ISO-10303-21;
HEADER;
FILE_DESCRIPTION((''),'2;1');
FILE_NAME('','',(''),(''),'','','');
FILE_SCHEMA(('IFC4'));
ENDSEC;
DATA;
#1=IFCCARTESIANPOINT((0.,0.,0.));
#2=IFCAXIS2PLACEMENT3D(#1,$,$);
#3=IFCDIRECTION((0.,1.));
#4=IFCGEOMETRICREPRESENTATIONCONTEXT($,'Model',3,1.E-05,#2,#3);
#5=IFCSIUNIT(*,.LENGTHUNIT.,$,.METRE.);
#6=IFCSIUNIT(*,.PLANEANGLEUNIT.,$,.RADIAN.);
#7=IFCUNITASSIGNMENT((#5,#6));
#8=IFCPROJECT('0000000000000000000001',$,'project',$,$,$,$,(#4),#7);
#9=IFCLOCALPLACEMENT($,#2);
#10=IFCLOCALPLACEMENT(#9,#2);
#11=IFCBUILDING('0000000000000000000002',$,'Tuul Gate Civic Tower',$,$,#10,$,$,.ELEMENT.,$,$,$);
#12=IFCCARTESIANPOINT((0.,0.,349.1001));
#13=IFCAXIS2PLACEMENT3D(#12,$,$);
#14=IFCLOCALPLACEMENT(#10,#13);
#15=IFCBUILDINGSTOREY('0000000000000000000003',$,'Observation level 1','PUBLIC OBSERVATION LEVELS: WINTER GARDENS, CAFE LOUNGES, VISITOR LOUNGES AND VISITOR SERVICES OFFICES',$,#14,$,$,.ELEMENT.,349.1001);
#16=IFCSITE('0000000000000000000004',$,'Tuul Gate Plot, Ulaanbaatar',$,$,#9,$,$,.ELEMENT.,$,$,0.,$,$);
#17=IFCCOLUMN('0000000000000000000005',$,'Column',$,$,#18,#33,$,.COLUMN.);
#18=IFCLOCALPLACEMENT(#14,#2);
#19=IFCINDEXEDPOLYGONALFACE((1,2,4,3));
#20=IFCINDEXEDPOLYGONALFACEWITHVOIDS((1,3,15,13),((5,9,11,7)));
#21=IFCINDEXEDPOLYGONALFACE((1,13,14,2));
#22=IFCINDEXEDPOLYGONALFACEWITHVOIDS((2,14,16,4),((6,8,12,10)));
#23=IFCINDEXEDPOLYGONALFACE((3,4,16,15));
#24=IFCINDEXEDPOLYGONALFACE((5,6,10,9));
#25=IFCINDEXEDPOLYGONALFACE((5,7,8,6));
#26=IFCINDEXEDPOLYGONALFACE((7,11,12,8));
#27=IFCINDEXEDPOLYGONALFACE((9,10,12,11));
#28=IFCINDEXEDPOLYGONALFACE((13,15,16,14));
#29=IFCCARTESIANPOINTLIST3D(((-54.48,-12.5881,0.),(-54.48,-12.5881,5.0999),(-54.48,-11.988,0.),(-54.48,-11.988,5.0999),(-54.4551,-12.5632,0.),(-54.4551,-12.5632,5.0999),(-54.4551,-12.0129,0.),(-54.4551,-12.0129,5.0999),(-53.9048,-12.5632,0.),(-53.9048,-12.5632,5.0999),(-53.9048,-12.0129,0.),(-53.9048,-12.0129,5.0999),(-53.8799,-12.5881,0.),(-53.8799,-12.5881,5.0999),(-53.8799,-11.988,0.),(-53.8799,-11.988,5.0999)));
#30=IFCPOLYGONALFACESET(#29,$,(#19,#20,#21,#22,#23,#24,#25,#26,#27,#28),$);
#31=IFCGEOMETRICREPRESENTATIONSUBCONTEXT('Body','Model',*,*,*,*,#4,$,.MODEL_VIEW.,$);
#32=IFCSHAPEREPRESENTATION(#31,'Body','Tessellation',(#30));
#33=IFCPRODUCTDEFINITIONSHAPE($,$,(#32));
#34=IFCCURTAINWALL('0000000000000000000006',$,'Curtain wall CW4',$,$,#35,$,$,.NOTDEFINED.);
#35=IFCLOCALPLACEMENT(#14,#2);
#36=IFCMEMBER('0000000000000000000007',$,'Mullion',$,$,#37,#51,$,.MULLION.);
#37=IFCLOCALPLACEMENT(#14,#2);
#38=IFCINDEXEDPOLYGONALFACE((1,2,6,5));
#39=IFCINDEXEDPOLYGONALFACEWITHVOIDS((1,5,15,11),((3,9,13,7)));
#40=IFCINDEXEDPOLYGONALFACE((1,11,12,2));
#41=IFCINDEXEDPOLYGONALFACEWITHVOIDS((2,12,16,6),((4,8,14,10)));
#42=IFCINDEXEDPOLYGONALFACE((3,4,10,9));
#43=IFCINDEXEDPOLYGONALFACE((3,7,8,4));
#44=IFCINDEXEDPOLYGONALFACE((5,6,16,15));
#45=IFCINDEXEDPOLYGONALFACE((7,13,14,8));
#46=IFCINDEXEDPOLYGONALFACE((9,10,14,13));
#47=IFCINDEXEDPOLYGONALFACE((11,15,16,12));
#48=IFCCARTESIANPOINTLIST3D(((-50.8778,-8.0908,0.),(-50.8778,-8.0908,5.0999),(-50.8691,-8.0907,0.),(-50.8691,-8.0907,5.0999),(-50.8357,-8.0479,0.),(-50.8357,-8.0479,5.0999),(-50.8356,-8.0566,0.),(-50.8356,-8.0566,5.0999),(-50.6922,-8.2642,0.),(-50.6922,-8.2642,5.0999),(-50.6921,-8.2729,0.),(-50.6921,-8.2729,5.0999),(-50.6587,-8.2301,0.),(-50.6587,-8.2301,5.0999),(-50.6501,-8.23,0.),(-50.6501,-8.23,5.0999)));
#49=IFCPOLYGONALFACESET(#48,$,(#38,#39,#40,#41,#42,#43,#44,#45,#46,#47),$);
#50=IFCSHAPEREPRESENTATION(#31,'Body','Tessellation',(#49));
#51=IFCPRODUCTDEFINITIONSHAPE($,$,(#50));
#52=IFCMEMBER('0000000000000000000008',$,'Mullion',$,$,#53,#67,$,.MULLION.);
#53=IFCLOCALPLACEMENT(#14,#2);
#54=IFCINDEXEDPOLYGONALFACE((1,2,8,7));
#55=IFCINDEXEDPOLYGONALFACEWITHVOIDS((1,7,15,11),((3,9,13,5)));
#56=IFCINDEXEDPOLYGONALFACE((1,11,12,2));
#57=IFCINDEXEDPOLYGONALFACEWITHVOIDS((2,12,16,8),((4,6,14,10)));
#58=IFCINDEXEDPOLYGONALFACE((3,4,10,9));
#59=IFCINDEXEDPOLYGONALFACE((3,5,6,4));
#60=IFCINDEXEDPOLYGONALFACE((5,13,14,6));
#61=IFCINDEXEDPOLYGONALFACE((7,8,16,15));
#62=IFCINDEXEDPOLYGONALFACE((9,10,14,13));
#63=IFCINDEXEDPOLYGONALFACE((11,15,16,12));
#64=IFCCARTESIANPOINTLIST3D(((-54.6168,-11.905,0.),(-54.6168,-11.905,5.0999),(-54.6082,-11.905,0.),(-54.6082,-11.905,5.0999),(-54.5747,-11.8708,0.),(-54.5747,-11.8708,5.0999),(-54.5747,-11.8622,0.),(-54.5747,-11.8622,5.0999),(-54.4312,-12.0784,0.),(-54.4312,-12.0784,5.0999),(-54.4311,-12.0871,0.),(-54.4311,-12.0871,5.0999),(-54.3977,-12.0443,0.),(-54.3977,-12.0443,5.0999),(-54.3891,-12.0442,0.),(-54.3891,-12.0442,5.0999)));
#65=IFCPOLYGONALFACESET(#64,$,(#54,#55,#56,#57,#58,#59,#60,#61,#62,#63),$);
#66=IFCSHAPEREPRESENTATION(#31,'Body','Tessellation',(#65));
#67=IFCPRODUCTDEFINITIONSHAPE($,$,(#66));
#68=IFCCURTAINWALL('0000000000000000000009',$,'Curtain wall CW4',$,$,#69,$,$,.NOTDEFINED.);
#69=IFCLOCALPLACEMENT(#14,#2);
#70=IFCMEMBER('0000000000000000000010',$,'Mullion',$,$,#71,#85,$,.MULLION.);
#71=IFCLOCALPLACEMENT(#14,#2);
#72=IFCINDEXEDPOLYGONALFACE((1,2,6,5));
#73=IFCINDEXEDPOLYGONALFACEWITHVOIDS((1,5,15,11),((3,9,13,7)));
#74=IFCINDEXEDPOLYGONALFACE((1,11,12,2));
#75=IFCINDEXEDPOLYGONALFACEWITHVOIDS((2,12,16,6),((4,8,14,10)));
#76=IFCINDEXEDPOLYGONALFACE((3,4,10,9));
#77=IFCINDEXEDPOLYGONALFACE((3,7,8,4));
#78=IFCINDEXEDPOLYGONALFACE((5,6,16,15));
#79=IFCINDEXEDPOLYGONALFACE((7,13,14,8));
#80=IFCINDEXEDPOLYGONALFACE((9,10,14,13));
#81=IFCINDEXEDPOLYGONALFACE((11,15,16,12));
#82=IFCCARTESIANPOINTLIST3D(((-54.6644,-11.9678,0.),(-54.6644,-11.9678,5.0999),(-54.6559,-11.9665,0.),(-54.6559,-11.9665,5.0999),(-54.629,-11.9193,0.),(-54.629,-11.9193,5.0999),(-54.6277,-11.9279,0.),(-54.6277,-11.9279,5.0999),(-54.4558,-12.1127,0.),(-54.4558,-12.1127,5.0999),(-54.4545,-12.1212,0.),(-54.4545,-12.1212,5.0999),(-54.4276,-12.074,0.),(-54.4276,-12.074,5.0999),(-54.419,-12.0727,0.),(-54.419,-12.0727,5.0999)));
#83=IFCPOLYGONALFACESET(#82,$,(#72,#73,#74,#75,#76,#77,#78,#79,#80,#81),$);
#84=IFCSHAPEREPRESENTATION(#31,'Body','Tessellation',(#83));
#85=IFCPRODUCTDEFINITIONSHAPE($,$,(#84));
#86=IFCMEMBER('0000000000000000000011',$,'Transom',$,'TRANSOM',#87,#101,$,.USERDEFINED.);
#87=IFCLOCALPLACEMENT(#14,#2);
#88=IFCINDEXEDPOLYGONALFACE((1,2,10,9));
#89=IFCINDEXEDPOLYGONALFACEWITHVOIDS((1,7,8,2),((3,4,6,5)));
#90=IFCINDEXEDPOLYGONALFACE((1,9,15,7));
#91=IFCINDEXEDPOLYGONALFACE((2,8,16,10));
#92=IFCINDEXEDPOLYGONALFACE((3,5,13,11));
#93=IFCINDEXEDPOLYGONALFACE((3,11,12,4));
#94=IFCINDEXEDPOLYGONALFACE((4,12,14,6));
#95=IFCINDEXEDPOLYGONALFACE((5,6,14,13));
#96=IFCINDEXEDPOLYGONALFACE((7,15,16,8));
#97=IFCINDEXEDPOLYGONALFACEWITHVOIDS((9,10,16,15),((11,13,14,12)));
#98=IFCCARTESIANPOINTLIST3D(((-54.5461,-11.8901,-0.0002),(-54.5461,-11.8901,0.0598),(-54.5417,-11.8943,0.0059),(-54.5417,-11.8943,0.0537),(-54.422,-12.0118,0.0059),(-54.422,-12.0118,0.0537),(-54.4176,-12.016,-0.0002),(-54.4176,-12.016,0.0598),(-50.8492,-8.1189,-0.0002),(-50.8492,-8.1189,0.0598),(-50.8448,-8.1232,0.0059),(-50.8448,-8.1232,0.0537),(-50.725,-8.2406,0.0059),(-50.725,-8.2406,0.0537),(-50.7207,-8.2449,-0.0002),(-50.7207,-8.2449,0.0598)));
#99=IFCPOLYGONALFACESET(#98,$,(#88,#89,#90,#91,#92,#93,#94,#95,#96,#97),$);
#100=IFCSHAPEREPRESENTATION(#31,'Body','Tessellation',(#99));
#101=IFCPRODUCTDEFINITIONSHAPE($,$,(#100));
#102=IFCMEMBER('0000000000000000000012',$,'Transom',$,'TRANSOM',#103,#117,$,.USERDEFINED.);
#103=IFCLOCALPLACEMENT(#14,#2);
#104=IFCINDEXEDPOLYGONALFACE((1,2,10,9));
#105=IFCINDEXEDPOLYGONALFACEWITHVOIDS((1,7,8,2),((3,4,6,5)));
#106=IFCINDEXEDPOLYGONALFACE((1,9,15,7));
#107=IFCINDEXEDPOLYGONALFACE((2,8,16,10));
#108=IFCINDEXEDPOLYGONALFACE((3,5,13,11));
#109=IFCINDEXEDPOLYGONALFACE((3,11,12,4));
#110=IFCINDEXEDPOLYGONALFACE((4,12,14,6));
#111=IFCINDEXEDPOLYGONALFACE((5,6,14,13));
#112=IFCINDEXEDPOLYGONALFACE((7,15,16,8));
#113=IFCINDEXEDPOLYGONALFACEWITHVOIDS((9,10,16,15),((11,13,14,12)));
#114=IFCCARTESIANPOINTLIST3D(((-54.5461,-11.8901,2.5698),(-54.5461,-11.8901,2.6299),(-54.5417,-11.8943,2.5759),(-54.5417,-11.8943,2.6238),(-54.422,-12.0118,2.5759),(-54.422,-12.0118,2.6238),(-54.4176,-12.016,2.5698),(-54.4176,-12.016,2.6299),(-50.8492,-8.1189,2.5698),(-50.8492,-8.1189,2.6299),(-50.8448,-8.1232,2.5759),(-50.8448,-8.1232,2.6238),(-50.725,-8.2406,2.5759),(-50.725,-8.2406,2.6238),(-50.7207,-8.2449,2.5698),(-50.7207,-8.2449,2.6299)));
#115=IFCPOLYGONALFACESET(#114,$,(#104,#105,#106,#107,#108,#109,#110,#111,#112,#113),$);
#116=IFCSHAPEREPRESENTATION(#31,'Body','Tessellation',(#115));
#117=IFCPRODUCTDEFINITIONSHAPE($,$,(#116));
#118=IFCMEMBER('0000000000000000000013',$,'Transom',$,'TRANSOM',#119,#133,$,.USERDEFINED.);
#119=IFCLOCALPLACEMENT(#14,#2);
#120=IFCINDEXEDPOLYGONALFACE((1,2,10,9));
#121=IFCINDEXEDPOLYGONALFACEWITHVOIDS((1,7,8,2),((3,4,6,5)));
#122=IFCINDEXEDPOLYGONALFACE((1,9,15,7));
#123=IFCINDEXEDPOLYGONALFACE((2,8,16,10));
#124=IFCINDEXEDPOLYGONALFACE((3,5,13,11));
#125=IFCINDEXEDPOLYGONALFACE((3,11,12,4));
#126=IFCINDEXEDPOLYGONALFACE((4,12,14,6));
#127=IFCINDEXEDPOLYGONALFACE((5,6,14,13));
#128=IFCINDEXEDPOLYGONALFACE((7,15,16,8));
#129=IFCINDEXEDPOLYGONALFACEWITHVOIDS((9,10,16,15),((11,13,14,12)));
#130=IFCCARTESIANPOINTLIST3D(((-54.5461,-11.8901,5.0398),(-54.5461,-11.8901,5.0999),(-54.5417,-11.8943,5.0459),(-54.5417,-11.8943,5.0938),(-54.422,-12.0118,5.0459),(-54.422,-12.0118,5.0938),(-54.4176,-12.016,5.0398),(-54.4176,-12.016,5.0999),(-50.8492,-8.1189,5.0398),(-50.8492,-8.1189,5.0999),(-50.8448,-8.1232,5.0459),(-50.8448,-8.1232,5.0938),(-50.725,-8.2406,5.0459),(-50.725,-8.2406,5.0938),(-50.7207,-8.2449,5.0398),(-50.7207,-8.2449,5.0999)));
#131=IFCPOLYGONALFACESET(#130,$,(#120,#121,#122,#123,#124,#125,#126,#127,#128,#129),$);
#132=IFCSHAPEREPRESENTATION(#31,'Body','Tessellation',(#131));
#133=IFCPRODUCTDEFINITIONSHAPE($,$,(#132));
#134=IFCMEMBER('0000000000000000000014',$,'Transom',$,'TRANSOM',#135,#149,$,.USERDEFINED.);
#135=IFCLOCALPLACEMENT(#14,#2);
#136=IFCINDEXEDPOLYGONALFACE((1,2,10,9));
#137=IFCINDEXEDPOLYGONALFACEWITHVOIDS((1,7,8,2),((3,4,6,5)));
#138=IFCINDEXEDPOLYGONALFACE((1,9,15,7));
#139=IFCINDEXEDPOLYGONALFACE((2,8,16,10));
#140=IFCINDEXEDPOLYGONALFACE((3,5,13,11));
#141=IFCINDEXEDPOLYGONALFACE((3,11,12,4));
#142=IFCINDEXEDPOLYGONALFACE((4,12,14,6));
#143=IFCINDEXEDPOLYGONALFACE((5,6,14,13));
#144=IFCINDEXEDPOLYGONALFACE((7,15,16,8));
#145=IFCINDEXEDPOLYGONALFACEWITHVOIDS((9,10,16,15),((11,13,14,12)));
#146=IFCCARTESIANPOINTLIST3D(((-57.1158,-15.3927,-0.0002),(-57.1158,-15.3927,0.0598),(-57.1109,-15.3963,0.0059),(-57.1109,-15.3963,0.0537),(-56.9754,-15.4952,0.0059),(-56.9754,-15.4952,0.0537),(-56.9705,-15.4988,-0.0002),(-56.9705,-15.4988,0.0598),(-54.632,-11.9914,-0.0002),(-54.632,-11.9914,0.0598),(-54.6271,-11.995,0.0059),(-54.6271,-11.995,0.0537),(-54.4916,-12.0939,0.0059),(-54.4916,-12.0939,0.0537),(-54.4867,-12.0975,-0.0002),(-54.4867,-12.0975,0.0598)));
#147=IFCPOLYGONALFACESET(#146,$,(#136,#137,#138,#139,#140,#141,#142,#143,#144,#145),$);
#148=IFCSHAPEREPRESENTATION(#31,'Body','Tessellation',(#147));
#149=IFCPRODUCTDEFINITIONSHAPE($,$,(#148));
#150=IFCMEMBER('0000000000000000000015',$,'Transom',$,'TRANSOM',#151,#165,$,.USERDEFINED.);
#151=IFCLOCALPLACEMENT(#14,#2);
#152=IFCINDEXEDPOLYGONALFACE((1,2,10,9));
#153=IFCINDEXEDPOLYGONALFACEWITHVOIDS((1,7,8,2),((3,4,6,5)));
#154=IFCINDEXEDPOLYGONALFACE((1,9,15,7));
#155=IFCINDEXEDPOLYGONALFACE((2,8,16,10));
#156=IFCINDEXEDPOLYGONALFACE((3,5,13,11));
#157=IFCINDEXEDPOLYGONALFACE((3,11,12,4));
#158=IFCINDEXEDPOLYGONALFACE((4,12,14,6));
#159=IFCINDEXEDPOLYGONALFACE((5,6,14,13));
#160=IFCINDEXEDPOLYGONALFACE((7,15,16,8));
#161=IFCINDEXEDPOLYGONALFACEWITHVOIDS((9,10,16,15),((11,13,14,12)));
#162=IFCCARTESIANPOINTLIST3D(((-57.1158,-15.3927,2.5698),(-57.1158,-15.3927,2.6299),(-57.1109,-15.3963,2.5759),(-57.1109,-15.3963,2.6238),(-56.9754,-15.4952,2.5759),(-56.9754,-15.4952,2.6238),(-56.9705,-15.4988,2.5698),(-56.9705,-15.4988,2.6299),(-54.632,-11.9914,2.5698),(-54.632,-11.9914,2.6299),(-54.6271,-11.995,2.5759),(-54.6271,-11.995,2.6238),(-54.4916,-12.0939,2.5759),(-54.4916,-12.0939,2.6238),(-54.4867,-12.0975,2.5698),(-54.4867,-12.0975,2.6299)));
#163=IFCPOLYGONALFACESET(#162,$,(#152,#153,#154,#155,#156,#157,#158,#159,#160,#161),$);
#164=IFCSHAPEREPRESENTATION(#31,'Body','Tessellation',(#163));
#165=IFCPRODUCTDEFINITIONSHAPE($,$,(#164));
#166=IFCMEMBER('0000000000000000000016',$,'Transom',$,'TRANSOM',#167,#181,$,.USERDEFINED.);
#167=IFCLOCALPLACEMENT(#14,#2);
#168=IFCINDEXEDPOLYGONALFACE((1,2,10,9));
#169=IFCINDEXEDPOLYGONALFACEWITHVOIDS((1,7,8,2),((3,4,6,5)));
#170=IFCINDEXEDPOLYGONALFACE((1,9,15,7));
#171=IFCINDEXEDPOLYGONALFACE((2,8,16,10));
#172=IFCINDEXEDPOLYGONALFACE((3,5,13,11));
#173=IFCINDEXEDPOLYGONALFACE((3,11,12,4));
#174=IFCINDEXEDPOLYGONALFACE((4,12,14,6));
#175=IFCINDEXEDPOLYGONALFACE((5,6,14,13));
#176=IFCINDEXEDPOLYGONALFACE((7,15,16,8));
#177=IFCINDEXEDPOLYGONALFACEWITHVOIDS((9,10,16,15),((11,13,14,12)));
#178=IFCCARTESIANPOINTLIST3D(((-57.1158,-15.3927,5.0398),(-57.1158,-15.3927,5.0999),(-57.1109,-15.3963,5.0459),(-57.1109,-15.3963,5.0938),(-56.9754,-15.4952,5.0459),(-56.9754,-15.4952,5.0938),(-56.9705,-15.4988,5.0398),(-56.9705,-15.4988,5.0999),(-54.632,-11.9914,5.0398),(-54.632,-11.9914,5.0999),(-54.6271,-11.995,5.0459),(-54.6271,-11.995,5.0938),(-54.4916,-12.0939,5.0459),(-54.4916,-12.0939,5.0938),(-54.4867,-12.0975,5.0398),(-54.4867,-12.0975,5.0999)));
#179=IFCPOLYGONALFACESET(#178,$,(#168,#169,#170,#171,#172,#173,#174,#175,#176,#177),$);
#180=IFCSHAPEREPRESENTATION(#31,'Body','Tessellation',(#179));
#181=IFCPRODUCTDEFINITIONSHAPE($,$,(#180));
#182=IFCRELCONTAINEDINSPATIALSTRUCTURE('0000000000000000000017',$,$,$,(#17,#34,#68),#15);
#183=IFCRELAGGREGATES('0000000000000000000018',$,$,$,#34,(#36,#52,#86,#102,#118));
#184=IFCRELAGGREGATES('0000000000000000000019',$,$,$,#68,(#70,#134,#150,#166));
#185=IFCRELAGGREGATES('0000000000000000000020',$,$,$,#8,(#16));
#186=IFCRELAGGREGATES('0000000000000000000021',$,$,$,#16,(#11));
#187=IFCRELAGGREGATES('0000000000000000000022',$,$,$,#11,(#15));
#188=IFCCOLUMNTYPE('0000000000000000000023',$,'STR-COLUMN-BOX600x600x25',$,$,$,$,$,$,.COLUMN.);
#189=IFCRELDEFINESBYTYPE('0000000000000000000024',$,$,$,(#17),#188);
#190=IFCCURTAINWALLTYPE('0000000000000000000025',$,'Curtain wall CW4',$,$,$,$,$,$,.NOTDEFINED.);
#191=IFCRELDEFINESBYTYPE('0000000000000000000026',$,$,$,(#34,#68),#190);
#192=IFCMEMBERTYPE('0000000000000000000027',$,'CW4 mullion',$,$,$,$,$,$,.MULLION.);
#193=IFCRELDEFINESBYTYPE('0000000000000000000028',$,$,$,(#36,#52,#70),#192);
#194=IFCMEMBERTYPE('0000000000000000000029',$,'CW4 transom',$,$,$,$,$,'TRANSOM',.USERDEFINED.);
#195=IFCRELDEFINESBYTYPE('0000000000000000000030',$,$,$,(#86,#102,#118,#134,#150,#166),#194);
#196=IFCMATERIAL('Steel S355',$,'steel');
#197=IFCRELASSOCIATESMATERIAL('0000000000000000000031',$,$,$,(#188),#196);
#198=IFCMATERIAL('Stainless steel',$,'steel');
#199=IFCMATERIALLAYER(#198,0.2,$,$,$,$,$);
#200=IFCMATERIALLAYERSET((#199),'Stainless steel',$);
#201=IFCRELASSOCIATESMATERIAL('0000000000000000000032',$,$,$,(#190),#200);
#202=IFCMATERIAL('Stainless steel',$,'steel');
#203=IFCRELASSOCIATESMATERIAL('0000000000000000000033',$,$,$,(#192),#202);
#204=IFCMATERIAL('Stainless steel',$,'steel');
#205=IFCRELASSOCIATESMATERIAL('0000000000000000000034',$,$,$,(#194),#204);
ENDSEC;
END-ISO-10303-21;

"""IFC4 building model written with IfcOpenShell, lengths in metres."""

from ifc_helpers import new_model, si_unit, direction, frame, origin, origin_2d, place, context, subcontext, project, spatial, hollow_rectangle, extrude, material, layer, layer_set, material_profile, profile_set, type_object, element, aggregate, save


model = new_model("IFC4")

# Units and contexts
model_context = context("Model", 3, precision=1e-05, world=origin(), true_north=direction((0.0, 1.0)))
body_context = subcontext(model_context, "Body", "Model", "MODEL_VIEW")
ifc_project = project(units=[si_unit("LENGTHUNIT", "METRE"), si_unit("PLANEANGLEUNIT", "RADIAN")], contexts=[model_context])

# Site, building, storey
site_placement = place(None, origin())
site = spatial("IfcSite", under=ifc_project, at=site_placement, Name="Tuul Gate Plot, Ulaanbaatar", CompositionType="ELEMENT", RefElevation=0.0)
building_placement = place(site_placement, origin())
building = spatial("IfcBuilding", under=site, at=building_placement, Name="Tuul Gate Civic Tower", CompositionType="ELEMENT")
storey_placement = place(building_placement, frame((0.0, 0.0, 349.1001)))
storey = spatial("IfcBuildingStorey", under=building, at=storey_placement, Name="Observation level 1", Description="PUBLIC OBSERVATION LEVELS: WINTER GARDENS, CAFE LOUNGES, VISITOR LOUNGES AND VISITOR SERVICES OFFICES", CompositionType="ELEMENT", Elevation=349.1001)

# Column
ifc_material_1 = material(Name="Steel S355", Category="steel")
ifc_material_profile_1 = material_profile(ifc_material_1, hollow_rectangle(XDim=0.6001, YDim=0.6001, WallThickness=0.0249, at=origin_2d()), Name="BOX600x600x25")
ifc_profile_set_1 = profile_set([ifc_material_profile_1], Name="Steel S355")
column_type = type_object("IfcColumnType", Name="STR-COLUMN-BOX600x600x25", PredefinedType="COLUMN", material=ifc_profile_set_1)
column_placement = place(storey_placement, frame((-54.1799, -12.2881, 0.0), z_axis=(0.0, 0.0, 1.0), x_axis=(1.0, 0.0, 0.0)))
element("IfcColumn", 1, at=column_placement, inside=storey, type_object=column_type, Name="Column", PredefinedType="COLUMN", context=body_context, shape_type="SweptSolid", body=[
    extrude(hollow_rectangle(XDim=0.6001, YDim=0.6001, WallThickness=0.0249, at=origin_2d()), origin(), (0.0, 0.0, 1.0), 5.0999),
])

# Curtain wall, members
ifc_material_2 = material(Name="Stainless steel", Category="steel")
ifc_layer_1 = layer(ifc_material_2, 0.2)
ifc_layer_set_1 = layer_set([ifc_layer_1], Name="Stainless steel")
curtain_wall_type = type_object("IfcCurtainWallType", Name="Curtain wall CW4", PredefinedType="NOTDEFINED", material=ifc_layer_set_1)
curtain_wall_1_placement = place(storey_placement, origin())
curtain_wall_1 = element("IfcCurtainWall", 2, at=curtain_wall_1_placement, inside=storey, type_object=curtain_wall_type, Name="Curtain wall CW4", PredefinedType="NOTDEFINED")
ifc_material_3 = material(Name="Stainless steel", Category="steel")
ifc_material_profile_2 = material_profile(ifc_material_3, hollow_rectangle(XDim=0.26, YDim=0.0601, WallThickness=0.0061, at=origin_2d()), Name="CW4 mullion")
ifc_profile_set_2 = profile_set([ifc_material_profile_2], Name="Stainless steel")
member_type_1 = type_object("IfcMemberType", Name="CW4 mullion", PredefinedType="MULLION", material=ifc_profile_set_2)
member_1_placement = place(storey_placement, frame((-50.7639, -8.1604, 0.0), z_axis=(0.0, 0.0, 1.0), x_axis=(0.7141, -0.700043, 0.0)))
member_1 = element("IfcMember", 3, at=member_1_placement, type_object=member_type_1, Name="Mullion", PredefinedType="MULLION", context=body_context, shape_type="SweptSolid", body=[
    extrude(hollow_rectangle(XDim=0.26, YDim=0.0601, WallThickness=0.0061, at=origin_2d()), origin(), (0.0, 0.0, 1.0), 5.0999),
])
member_2_placement = place(storey_placement, frame((-54.5029, -11.9746, 0.0), z_axis=(0.0, 0.0, 1.0), x_axis=(0.7141, -0.700043, 0.0)))
member_2 = element("IfcMember", 4, at=member_2_placement, type_object=member_type_1, Name="Mullion", PredefinedType="MULLION", context=body_context, shape_type="SweptSolid", body=[
    extrude(hollow_rectangle(XDim=0.26, YDim=0.0601, WallThickness=0.0061, at=origin_2d()), origin(), (0.0, 0.0, 1.0), 5.0999),
])

# Curtain wall, member
curtain_wall_2_placement = place(storey_placement, origin())
curtain_wall_2 = element("IfcCurtainWall", 5, at=curtain_wall_2_placement, inside=storey, type_object=curtain_wall_type, Name="Curtain wall CW4", PredefinedType="NOTDEFINED")
member_3_placement = place(storey_placement, frame((-54.5417, -12.0203, 0.0), z_axis=(0.0, 0.0, 1.0), x_axis=(0.807578, -0.58976, 0.0)))
member_3 = element("IfcMember", 6, at=member_3_placement, type_object=member_type_1, Name="Mullion", PredefinedType="MULLION", context=body_context, shape_type="SweptSolid", body=[
    extrude(hollow_rectangle(XDim=0.26, YDim=0.0601, WallThickness=0.0061, at=origin_2d()), origin(), (0.0, 0.0, 1.0), 5.0999),
])

# Members
ifc_material_4 = material(Name="Stainless steel", Category="steel")
ifc_material_profile_3 = material_profile(ifc_material_4, hollow_rectangle(XDim=0.1799, YDim=0.0601, WallThickness=0.0061, at=origin_2d()), Name="CW4 transom")
ifc_profile_set_3 = profile_set([ifc_material_profile_3], Name="Stainless steel")
member_type_2 = type_object("IfcMemberType", Name="CW4 transom", ElementType="TRANSOM", PredefinedType="USERDEFINED", material=ifc_profile_set_3)
member_4_placement = place(storey_placement, frame((-50.7849, -8.1819, 0.0298), z_axis=(-0.700045, -0.714099, 0.0), x_axis=(0.714099, -0.700045, 0.0)))
member_4 = element("IfcMember", 7, at=member_4_placement, type_object=member_type_2, Name="Transom", ObjectType="TRANSOM", PredefinedType="USERDEFINED", context=body_context, shape_type="SweptSolid", body=[
    extrude(hollow_rectangle(XDim=0.1799, YDim=0.0601, WallThickness=0.0061, at=origin_2d()), origin(), (0.0, 0.0, 1.0), 5.281),
])
member_5_placement = place(storey_placement, frame((-50.7849, -8.1819, 2.5999), z_axis=(-0.700045, -0.714099, 0.0), x_axis=(0.714099, -0.700045, 0.0)))
member_5 = element("IfcMember", 8, at=member_5_placement, type_object=member_type_2, Name="Transom", ObjectType="TRANSOM", PredefinedType="USERDEFINED", context=body_context, shape_type="SweptSolid", body=[
    extrude(hollow_rectangle(XDim=0.1799, YDim=0.0601, WallThickness=0.0061, at=origin_2d()), origin(), (0.0, 0.0, 1.0), 5.281),
])
member_6_placement = place(storey_placement, frame((-50.7849, -8.1819, 5.0698), z_axis=(-0.700045, -0.714099, 0.0), x_axis=(0.714099, -0.700045, 0.0)))
member_6 = element("IfcMember", 9, at=member_6_placement, type_object=member_type_2, Name="Transom", ObjectType="TRANSOM", PredefinedType="USERDEFINED", context=body_context, shape_type="SweptSolid", body=[
    extrude(hollow_rectangle(XDim=0.1799, YDim=0.0601, WallThickness=0.0061, at=origin_2d()), origin(), (0.0, 0.0, 1.0), 5.281),
])
member_7_placement = place(storey_placement, frame((-54.5593, -12.0444, 0.0298), z_axis=(-0.589749, -0.807586, 0.0), x_axis=(0.807586, -0.589749, 0.0)))
member_7 = element("IfcMember", 10, at=member_7_placement, type_object=member_type_2, Name="Transom", ObjectType="TRANSOM", PredefinedType="USERDEFINED", context=body_context, shape_type="SweptSolid", body=[
    extrude(hollow_rectangle(XDim=0.1799, YDim=0.0601, WallThickness=0.0061, at=origin_2d()), origin(), (0.0, 0.0, 1.0), 4.2117),
])
member_8_placement = place(storey_placement, frame((-54.5593, -12.0444, 2.5999), z_axis=(-0.589749, -0.807586, 0.0), x_axis=(0.807586, -0.589749, 0.0)))
member_8 = element("IfcMember", 11, at=member_8_placement, type_object=member_type_2, Name="Transom", ObjectType="TRANSOM", PredefinedType="USERDEFINED", context=body_context, shape_type="SweptSolid", body=[
    extrude(hollow_rectangle(XDim=0.1799, YDim=0.0601, WallThickness=0.0061, at=origin_2d()), origin(), (0.0, 0.0, 1.0), 4.2117),
])
member_9_placement = place(storey_placement, frame((-54.5593, -12.0444, 5.0698), z_axis=(-0.589749, -0.807586, 0.0), x_axis=(0.807586, -0.589749, 0.0)))
member_9 = element("IfcMember", 12, at=member_9_placement, type_object=member_type_2, Name="Transom", ObjectType="TRANSOM", PredefinedType="USERDEFINED", context=body_context, shape_type="SweptSolid", body=[
    extrude(hollow_rectangle(XDim=0.1799, YDim=0.0601, WallThickness=0.0061, at=origin_2d()), origin(), (0.0, 0.0, 1.0), 4.2117),
])

aggregate(curtain_wall_1, [member_1, member_2, member_4, member_5, member_6])
aggregate(curtain_wall_2, [member_3, member_7, member_8, member_9])

save(model, "model.ifc")
